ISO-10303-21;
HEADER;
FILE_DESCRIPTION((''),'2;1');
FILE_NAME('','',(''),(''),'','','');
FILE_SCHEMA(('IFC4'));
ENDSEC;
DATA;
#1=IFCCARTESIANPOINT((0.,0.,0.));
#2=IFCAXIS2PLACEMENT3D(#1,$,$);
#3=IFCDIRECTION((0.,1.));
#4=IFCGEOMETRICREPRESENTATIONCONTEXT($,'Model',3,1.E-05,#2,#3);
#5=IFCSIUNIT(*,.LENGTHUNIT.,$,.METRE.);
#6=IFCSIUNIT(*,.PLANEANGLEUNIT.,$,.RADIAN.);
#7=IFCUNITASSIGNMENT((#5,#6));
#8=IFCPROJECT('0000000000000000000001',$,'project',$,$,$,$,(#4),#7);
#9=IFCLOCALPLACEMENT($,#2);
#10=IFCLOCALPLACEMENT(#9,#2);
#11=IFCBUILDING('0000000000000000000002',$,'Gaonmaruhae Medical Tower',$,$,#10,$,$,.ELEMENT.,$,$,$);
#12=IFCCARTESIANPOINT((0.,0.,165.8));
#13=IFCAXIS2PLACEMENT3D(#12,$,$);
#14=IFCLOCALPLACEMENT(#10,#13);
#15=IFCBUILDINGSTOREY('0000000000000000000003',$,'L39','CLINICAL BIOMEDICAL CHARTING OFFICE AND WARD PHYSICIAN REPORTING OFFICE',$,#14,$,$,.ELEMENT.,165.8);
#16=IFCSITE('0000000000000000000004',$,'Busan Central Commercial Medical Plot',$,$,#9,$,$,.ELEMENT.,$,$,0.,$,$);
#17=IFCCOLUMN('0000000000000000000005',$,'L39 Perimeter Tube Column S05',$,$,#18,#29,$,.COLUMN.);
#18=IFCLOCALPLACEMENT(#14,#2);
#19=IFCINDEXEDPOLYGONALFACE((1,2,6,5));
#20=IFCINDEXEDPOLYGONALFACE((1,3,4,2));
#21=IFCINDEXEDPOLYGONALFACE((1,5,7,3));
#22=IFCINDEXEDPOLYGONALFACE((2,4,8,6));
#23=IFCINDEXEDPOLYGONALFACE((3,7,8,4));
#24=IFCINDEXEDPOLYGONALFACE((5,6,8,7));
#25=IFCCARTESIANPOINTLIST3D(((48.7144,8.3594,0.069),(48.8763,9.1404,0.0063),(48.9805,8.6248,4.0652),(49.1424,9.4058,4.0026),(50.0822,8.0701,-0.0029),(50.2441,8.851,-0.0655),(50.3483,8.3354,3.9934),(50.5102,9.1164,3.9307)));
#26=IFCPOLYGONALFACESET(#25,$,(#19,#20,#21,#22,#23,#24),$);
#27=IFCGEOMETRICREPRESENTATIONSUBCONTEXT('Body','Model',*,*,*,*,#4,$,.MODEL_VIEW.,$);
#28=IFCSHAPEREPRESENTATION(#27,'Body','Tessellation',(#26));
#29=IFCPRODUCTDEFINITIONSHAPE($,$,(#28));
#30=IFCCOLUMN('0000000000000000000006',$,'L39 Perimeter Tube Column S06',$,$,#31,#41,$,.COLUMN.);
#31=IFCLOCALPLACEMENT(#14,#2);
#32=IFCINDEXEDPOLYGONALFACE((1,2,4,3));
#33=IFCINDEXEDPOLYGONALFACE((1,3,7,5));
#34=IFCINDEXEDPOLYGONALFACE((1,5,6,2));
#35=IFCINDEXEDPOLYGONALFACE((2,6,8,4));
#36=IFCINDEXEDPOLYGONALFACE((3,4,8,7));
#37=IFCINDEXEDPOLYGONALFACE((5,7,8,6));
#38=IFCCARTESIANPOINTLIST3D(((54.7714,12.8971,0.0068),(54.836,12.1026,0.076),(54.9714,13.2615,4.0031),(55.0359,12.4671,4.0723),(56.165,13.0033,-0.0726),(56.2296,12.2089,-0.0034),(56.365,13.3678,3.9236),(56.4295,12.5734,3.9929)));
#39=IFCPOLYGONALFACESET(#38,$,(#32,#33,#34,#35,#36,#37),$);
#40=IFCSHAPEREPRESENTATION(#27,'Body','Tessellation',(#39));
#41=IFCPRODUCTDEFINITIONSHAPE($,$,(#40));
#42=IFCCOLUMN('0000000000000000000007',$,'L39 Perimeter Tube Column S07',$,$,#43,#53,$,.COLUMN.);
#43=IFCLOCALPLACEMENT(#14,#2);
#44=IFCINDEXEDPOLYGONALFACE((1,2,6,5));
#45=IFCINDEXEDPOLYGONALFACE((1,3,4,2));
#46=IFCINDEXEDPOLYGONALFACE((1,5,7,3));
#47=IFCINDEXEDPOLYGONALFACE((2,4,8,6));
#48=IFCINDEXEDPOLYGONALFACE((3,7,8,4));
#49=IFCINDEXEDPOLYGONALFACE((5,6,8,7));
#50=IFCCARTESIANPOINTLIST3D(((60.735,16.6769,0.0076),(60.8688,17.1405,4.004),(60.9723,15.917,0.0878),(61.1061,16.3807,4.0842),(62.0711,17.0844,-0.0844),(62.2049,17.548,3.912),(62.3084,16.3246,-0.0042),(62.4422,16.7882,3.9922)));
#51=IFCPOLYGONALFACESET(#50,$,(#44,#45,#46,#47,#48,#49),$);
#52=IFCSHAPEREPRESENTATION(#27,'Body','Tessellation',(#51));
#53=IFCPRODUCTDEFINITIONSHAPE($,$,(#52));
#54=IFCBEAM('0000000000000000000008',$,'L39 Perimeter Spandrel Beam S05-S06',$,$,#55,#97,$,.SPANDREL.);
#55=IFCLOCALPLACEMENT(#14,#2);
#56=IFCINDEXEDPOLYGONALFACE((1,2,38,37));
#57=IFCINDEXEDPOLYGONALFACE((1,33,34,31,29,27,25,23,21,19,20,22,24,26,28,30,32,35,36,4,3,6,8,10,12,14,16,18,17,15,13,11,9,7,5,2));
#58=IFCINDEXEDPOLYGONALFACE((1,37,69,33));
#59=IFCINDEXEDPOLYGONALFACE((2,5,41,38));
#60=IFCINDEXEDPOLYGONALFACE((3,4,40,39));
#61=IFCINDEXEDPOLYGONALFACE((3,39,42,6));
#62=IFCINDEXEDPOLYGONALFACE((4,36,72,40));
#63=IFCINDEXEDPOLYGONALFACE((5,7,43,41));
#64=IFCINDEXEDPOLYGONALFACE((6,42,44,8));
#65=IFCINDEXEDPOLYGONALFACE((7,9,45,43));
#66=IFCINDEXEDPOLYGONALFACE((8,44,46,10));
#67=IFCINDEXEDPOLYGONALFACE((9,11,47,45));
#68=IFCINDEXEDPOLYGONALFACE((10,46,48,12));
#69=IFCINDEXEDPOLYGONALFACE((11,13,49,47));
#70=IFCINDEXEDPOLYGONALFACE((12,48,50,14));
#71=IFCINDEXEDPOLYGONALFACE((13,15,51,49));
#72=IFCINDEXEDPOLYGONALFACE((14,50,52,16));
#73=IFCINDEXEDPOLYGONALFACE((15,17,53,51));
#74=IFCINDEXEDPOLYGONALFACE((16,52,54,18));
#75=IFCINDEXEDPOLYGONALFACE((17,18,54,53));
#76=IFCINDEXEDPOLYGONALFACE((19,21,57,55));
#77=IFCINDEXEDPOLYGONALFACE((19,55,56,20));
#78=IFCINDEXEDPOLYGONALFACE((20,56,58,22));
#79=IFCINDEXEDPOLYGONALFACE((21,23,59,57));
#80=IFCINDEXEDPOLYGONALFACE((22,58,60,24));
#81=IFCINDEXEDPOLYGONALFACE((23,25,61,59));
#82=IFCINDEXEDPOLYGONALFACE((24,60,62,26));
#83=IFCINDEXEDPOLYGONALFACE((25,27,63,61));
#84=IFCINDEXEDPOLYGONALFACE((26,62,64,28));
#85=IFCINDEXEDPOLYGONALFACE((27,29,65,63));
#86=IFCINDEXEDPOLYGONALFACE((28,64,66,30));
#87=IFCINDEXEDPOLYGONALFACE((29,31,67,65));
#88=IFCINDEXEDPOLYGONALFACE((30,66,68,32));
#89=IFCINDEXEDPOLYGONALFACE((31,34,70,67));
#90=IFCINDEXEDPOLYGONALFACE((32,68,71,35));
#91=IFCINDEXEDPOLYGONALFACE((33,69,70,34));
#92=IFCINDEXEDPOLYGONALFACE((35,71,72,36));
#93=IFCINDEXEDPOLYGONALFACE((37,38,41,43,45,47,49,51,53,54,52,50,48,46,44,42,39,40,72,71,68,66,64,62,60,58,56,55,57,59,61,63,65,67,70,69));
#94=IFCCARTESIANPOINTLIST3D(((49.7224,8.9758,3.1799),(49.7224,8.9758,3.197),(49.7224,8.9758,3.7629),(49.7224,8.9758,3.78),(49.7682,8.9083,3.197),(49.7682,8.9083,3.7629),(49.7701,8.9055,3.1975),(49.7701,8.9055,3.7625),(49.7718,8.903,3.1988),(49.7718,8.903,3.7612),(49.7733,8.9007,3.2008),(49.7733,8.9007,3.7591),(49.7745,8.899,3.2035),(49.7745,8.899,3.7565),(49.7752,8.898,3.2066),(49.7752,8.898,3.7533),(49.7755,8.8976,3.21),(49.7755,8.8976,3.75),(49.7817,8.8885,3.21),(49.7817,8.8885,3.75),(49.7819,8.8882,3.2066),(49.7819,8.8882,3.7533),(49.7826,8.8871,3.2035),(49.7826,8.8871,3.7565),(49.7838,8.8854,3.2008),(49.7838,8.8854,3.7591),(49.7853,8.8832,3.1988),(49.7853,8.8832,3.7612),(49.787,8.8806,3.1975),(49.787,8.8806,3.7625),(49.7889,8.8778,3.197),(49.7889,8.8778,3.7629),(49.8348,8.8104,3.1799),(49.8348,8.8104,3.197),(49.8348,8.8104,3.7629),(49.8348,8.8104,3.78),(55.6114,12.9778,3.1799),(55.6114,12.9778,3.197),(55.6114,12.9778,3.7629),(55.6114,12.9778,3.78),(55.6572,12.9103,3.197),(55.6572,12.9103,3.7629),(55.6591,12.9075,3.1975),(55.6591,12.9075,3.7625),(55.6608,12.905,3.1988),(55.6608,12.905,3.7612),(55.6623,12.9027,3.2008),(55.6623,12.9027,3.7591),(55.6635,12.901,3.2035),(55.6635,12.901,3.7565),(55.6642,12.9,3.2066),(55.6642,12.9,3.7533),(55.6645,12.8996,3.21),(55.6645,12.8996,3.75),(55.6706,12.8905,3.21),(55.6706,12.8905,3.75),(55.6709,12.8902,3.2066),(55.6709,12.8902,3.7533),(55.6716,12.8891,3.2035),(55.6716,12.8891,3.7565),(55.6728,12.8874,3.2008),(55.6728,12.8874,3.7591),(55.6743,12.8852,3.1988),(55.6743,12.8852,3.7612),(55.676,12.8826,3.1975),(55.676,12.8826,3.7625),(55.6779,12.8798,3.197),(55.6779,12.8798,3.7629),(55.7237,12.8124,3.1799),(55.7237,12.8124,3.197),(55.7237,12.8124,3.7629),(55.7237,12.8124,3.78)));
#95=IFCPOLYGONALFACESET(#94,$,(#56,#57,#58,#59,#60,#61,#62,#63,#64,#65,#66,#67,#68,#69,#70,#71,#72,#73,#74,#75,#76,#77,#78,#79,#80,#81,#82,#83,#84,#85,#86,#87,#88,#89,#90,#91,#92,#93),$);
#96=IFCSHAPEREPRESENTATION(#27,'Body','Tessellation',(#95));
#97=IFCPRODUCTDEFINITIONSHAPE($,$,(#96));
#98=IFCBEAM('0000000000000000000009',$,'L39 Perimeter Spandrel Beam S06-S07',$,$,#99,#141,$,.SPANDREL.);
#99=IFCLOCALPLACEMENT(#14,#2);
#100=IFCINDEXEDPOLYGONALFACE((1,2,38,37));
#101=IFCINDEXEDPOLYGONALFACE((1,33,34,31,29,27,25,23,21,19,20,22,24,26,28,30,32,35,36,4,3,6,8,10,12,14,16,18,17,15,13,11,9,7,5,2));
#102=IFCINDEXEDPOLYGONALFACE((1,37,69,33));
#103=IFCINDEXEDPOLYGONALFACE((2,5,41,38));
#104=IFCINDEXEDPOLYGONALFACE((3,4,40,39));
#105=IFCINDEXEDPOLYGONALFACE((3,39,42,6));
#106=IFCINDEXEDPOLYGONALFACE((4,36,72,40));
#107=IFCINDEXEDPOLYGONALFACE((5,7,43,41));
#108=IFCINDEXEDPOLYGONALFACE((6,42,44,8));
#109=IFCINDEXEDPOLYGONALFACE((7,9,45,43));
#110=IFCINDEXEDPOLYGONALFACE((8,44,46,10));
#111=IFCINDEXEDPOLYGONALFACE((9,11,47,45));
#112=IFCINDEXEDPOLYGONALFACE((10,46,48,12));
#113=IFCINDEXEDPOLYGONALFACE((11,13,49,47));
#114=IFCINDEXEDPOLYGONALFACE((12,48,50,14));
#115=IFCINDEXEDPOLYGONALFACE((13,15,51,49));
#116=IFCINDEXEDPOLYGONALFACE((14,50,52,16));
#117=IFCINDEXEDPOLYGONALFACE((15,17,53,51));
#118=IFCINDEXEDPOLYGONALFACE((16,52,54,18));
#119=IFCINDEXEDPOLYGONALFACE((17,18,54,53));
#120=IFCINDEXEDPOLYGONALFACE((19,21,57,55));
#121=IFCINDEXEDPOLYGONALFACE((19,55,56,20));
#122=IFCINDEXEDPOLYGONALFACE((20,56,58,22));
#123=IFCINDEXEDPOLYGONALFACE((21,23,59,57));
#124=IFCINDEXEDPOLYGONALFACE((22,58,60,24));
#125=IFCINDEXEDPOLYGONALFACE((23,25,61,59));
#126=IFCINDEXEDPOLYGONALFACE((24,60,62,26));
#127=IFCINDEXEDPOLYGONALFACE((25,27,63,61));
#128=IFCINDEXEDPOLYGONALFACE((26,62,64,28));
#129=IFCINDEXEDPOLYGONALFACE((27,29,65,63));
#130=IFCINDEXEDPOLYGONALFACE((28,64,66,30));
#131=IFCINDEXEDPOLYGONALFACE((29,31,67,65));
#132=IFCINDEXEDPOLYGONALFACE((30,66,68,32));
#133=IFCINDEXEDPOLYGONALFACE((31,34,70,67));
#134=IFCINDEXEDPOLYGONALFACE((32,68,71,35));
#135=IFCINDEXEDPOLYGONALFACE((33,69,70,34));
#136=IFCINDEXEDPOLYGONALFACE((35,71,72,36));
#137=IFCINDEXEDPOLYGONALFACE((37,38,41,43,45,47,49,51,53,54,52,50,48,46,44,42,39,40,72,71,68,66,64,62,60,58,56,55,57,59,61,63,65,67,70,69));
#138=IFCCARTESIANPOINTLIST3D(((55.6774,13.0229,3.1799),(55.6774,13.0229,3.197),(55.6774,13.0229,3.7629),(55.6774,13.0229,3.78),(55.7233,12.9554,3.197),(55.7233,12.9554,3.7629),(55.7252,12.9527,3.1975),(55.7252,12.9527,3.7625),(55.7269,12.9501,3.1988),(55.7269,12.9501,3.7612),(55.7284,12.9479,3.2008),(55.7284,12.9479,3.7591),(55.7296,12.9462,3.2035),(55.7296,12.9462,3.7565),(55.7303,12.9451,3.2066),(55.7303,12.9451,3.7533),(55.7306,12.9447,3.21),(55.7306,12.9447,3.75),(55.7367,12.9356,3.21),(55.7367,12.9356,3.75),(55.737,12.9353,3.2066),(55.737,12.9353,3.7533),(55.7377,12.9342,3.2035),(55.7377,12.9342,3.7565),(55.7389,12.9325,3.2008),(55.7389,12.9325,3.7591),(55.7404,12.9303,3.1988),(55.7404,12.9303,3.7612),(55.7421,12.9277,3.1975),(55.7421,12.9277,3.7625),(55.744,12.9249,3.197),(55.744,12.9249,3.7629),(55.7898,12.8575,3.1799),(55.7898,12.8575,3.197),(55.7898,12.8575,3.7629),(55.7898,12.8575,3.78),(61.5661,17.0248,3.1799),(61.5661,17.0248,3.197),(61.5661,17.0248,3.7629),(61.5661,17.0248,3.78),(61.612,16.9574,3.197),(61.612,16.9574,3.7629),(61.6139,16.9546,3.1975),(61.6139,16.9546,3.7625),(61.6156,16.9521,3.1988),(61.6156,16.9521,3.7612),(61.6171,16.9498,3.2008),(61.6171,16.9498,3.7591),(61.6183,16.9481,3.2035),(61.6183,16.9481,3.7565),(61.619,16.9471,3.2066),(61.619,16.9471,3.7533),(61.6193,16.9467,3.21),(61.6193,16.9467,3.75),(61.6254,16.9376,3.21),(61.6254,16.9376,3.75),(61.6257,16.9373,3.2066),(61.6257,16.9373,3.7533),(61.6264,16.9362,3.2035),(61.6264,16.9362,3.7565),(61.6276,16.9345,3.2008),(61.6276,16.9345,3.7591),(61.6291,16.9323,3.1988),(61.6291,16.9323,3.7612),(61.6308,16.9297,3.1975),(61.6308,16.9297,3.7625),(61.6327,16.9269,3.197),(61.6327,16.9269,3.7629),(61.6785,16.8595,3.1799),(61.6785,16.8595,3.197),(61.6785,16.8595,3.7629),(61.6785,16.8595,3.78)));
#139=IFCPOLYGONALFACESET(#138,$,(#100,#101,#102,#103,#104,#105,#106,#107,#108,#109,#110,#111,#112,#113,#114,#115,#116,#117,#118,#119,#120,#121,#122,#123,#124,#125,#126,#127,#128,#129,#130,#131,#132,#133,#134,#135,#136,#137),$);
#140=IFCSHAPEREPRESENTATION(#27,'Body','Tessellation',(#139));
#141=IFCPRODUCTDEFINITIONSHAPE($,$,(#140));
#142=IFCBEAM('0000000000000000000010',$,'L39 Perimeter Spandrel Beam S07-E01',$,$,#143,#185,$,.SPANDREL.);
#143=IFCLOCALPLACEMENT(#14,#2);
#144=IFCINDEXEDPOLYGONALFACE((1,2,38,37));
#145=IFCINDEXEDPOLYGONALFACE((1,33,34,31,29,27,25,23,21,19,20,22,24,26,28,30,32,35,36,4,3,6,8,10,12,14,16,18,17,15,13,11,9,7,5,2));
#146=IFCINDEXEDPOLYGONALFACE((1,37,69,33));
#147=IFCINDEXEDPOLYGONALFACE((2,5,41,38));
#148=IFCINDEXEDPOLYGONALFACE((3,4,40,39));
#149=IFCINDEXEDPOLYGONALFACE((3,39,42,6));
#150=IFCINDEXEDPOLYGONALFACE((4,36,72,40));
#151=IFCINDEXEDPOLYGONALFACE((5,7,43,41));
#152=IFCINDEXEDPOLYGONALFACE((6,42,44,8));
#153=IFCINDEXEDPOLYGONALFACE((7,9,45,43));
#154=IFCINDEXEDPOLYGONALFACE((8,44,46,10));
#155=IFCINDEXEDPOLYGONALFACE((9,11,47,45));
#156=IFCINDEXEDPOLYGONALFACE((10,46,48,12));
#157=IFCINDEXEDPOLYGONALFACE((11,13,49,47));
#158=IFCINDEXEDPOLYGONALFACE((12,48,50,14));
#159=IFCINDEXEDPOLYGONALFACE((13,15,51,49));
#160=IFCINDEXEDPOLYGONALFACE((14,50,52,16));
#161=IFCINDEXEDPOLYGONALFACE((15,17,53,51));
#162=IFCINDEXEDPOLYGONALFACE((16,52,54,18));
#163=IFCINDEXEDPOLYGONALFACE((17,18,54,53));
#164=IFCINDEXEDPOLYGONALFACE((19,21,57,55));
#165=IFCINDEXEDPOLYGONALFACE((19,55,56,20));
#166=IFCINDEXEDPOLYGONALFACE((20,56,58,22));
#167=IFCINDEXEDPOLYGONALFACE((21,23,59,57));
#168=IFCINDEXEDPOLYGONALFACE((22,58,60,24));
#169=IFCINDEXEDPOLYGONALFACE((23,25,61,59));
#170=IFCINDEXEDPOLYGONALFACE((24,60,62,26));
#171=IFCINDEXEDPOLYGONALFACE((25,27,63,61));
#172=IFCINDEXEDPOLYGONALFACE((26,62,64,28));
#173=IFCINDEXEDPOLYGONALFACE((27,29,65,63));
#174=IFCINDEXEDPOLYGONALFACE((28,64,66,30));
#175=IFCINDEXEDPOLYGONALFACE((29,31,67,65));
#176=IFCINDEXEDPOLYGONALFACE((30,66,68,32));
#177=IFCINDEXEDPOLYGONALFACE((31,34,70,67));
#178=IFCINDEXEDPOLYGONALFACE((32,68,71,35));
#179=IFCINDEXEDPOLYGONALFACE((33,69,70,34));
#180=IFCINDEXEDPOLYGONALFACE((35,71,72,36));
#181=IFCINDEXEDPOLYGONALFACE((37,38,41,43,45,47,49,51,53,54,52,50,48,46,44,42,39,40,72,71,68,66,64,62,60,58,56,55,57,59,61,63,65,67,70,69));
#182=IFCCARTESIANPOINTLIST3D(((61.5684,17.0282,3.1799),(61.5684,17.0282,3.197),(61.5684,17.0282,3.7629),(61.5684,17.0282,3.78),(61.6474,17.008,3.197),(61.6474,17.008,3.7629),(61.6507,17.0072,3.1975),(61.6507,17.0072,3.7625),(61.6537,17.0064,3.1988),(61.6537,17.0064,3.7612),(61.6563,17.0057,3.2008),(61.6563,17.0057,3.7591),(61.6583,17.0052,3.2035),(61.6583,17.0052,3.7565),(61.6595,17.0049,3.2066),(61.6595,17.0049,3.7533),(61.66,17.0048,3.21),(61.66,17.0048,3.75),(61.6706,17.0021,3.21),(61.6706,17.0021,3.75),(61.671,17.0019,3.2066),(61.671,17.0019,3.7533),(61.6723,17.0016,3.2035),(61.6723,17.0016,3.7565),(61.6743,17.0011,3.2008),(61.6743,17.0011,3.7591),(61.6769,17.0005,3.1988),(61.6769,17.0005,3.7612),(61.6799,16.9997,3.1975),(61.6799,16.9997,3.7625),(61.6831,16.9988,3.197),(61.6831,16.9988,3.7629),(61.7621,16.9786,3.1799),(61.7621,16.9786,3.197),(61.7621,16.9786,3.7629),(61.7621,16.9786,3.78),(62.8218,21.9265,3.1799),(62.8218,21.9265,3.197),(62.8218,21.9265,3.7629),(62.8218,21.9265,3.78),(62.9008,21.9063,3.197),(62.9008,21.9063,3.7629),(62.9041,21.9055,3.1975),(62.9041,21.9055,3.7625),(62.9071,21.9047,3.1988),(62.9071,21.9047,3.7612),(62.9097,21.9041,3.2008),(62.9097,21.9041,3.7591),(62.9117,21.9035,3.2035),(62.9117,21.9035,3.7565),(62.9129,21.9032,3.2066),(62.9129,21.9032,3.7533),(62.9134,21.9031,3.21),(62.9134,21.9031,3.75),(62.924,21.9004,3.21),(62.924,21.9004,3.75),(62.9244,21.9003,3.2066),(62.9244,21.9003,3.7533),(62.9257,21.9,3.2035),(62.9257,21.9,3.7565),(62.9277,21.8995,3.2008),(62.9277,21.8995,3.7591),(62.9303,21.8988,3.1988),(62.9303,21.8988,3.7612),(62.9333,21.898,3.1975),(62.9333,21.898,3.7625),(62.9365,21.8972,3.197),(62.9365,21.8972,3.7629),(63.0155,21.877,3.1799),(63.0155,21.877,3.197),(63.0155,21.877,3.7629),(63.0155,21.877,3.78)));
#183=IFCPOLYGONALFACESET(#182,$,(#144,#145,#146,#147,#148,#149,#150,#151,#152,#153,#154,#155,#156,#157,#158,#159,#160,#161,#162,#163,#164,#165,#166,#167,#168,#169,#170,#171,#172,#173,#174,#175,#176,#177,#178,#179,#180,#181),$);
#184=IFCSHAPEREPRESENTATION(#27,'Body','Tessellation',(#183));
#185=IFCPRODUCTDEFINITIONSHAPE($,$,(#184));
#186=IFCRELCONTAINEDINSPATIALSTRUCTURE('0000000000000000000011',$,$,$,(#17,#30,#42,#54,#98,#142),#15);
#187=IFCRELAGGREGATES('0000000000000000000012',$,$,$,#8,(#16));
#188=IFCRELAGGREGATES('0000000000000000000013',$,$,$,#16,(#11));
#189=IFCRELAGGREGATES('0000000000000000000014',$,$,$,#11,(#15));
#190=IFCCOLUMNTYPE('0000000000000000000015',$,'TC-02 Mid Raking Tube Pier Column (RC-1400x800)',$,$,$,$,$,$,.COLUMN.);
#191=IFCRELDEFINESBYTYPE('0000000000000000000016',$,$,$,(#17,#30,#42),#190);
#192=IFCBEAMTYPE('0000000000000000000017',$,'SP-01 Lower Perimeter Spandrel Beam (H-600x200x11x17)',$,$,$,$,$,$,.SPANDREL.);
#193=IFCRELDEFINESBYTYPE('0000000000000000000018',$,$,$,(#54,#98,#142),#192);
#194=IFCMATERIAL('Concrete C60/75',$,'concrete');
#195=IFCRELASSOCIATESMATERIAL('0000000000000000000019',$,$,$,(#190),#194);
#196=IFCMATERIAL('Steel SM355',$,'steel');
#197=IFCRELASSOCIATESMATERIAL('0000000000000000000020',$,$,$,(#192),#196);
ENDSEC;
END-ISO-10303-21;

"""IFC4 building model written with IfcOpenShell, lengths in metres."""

from ifc_helpers import new_model, si_unit, direction, frame, origin, origin_2d, place, context, subcontext, project, spatial, rectangle, i_section, extrude, material, material_profile, profile_set, type_object, element, save


model = new_model("IFC4")

# Units and contexts
model_context = context("Model", 3, precision=1e-05, world=origin(), true_north=direction((0.0, 1.0)))
body_context = subcontext(model_context, "Body", "Model", "MODEL_VIEW")
ifc_project = project(units=[si_unit("LENGTHUNIT", "METRE"), si_unit("PLANEANGLEUNIT", "RADIAN")], contexts=[model_context])

# Site, building, storey
site_placement = place(None, origin())
site = spatial("IfcSite", under=ifc_project, at=site_placement, Name="Busan Central Commercial Medical Plot", CompositionType="ELEMENT", RefElevation=0.0)
building_placement = place(site_placement, origin())
building = spatial("IfcBuilding", under=site, at=building_placement, Name="Gaonmaruhae Medical Tower", CompositionType="ELEMENT")
storey_placement = place(building_placement, frame((0.0, 0.0, 165.8)))
storey = spatial("IfcBuildingStorey", under=building, at=storey_placement, Name="L39", Description="CLINICAL BIOMEDICAL CHARTING OFFICE AND WARD PHYSICIAN REPORTING OFFICE", CompositionType="ELEMENT", Elevation=165.8)

# Columns
ifc_material_1 = material(Name="Concrete C60/75", Category="concrete")
ifc_material_profile_1 = material_profile(ifc_material_1, rectangle(XDim=1.3999, YDim=0.8, at=origin_2d()), Name="RC-1400x800")
ifc_profile_set_1 = profile_set([ifc_material_profile_1], Name="Concrete C60/75")
column_type = type_object("IfcColumnType", Name="TC-02 Mid Raking Tube Pier Column (RC-1400x800)", PredefinedType="COLUMN", material=ifc_profile_set_1)
column_1_placement = place(storey_placement, frame((49.4792, 8.6052, 0.0017), z_axis=(0.066297, 0.066114, 0.995607), x_axis=(-0.977058, 0.206691, 0.051336)))
element("IfcColumn", 1, at=column_1_placement, inside=storey, type_object=column_type, Name="L39 Perimeter Tube Column S05", PredefinedType="COLUMN", context=body_context, shape_type="SweptSolid", body=[
    extrude(rectangle(XDim=1.3999, YDim=0.8, at=origin_2d()), origin(), (0.0, 0.0, 1.0), 4.0139),
])
column_2_placement = place(storey_placement, frame((55.5005, 12.553, 0.0017), z_axis=(0.049765, 0.090719, 0.994632), x_axis=(-0.995498, -0.075924, 0.056733)))
element("IfcColumn", 2, at=column_2_placement, inside=storey, type_object=column_type, Name="L39 Perimeter Tube Column S06", PredefinedType="COLUMN", context=body_context, shape_type="SweptSolid", body=[
    extrude(rectangle(XDim=1.3999, YDim=0.8, at=origin_2d()), origin(), (0.0, 0.0, 1.0), 4.0178),
])
column_3_placement = place(storey_placement, frame((61.5217, 16.5007, 0.0017), z_axis=(0.033237, 0.115175, 0.992789), x_axis=(-0.954423, -0.29113, 0.065727)))
element("IfcColumn", 3, at=column_3_placement, inside=storey, type_object=column_type, Name="L39 Perimeter Tube Column S07", PredefinedType="COLUMN", context=body_context, shape_type="SweptSolid", body=[
    extrude(rectangle(XDim=1.3999, YDim=0.8, at=origin_2d()), origin(), (0.0, 0.0, 1.0), 4.0254),
])

# Beams
ifc_material_2 = material(Name="Steel SM355", Category="steel")
ifc_material_profile_2 = material_profile(ifc_material_2, i_section(OverallWidth=0.2, OverallDepth=0.6001, WebThickness=0.011, FlangeThickness=0.0171, FilletRadius=0.0129, at=origin_2d()), Name="H-600x200x11x17")
ifc_profile_set_2 = profile_set([ifc_material_profile_2], Name="Steel SM355")
beam_type = type_object("IfcBeamType", Name="SP-01 Lower Perimeter Spandrel Beam (H-600x200x11x17)", PredefinedType="SPANDREL", material=ifc_profile_set_2)
beam_1_placement = place(storey_placement, frame((49.7786, 8.8931, 3.48), z_axis=(0.82709, 0.562069, 0.0), x_axis=(-0.562069, 0.82709, 0.0)))
element("IfcBeam", 4, at=beam_1_placement, inside=storey, type_object=beam_type, Name="L39 Perimeter Spandrel Beam S05-S06", PredefinedType="SPANDREL", context=body_context, shape_type="SweptSolid", body=[
    extrude(i_section(OverallWidth=0.2, OverallDepth=0.6001, WebThickness=0.011, FlangeThickness=0.0171, FilletRadius=0.0129, at=origin_2d()), origin(), (0.0, 0.0, 1.0), 7.1201),
])
beam_2_placement = place(storey_placement, frame((55.7336, 12.9402, 3.48), z_axis=(0.82708, 0.562085, 0.0), x_axis=(-0.562085, 0.82708, 0.0)))
element("IfcBeam", 5, at=beam_2_placement, inside=storey, type_object=beam_type, Name="L39 Perimeter Spandrel Beam S06-S07", PredefinedType="SPANDREL", context=body_context, shape_type="SweptSolid", body=[
    extrude(i_section(OverallWidth=0.2, OverallDepth=0.6001, WebThickness=0.011, FlangeThickness=0.0171, FilletRadius=0.0129, at=origin_2d()), origin(), (0.0, 0.0, 1.0), 7.1199),
])
beam_3_placement = place(storey_placement, frame((61.6653, 17.0034, 3.48), z_axis=(0.247894, 0.968787, 0.0), x_axis=(-0.968787, 0.247894, 0.0)))
element("IfcBeam", 6, at=beam_3_placement, inside=storey, type_object=beam_type, Name="L39 Perimeter Spandrel Beam S07-E01", PredefinedType="SPANDREL", context=body_context, shape_type="SweptSolid", body=[
    extrude(i_section(OverallWidth=0.2, OverallDepth=0.6001, WebThickness=0.011, FlangeThickness=0.0171, FilletRadius=0.0129, at=origin_2d()), origin(), (0.0, 0.0, 1.0), 5.0562),
])

save(model, "model.ifc")
